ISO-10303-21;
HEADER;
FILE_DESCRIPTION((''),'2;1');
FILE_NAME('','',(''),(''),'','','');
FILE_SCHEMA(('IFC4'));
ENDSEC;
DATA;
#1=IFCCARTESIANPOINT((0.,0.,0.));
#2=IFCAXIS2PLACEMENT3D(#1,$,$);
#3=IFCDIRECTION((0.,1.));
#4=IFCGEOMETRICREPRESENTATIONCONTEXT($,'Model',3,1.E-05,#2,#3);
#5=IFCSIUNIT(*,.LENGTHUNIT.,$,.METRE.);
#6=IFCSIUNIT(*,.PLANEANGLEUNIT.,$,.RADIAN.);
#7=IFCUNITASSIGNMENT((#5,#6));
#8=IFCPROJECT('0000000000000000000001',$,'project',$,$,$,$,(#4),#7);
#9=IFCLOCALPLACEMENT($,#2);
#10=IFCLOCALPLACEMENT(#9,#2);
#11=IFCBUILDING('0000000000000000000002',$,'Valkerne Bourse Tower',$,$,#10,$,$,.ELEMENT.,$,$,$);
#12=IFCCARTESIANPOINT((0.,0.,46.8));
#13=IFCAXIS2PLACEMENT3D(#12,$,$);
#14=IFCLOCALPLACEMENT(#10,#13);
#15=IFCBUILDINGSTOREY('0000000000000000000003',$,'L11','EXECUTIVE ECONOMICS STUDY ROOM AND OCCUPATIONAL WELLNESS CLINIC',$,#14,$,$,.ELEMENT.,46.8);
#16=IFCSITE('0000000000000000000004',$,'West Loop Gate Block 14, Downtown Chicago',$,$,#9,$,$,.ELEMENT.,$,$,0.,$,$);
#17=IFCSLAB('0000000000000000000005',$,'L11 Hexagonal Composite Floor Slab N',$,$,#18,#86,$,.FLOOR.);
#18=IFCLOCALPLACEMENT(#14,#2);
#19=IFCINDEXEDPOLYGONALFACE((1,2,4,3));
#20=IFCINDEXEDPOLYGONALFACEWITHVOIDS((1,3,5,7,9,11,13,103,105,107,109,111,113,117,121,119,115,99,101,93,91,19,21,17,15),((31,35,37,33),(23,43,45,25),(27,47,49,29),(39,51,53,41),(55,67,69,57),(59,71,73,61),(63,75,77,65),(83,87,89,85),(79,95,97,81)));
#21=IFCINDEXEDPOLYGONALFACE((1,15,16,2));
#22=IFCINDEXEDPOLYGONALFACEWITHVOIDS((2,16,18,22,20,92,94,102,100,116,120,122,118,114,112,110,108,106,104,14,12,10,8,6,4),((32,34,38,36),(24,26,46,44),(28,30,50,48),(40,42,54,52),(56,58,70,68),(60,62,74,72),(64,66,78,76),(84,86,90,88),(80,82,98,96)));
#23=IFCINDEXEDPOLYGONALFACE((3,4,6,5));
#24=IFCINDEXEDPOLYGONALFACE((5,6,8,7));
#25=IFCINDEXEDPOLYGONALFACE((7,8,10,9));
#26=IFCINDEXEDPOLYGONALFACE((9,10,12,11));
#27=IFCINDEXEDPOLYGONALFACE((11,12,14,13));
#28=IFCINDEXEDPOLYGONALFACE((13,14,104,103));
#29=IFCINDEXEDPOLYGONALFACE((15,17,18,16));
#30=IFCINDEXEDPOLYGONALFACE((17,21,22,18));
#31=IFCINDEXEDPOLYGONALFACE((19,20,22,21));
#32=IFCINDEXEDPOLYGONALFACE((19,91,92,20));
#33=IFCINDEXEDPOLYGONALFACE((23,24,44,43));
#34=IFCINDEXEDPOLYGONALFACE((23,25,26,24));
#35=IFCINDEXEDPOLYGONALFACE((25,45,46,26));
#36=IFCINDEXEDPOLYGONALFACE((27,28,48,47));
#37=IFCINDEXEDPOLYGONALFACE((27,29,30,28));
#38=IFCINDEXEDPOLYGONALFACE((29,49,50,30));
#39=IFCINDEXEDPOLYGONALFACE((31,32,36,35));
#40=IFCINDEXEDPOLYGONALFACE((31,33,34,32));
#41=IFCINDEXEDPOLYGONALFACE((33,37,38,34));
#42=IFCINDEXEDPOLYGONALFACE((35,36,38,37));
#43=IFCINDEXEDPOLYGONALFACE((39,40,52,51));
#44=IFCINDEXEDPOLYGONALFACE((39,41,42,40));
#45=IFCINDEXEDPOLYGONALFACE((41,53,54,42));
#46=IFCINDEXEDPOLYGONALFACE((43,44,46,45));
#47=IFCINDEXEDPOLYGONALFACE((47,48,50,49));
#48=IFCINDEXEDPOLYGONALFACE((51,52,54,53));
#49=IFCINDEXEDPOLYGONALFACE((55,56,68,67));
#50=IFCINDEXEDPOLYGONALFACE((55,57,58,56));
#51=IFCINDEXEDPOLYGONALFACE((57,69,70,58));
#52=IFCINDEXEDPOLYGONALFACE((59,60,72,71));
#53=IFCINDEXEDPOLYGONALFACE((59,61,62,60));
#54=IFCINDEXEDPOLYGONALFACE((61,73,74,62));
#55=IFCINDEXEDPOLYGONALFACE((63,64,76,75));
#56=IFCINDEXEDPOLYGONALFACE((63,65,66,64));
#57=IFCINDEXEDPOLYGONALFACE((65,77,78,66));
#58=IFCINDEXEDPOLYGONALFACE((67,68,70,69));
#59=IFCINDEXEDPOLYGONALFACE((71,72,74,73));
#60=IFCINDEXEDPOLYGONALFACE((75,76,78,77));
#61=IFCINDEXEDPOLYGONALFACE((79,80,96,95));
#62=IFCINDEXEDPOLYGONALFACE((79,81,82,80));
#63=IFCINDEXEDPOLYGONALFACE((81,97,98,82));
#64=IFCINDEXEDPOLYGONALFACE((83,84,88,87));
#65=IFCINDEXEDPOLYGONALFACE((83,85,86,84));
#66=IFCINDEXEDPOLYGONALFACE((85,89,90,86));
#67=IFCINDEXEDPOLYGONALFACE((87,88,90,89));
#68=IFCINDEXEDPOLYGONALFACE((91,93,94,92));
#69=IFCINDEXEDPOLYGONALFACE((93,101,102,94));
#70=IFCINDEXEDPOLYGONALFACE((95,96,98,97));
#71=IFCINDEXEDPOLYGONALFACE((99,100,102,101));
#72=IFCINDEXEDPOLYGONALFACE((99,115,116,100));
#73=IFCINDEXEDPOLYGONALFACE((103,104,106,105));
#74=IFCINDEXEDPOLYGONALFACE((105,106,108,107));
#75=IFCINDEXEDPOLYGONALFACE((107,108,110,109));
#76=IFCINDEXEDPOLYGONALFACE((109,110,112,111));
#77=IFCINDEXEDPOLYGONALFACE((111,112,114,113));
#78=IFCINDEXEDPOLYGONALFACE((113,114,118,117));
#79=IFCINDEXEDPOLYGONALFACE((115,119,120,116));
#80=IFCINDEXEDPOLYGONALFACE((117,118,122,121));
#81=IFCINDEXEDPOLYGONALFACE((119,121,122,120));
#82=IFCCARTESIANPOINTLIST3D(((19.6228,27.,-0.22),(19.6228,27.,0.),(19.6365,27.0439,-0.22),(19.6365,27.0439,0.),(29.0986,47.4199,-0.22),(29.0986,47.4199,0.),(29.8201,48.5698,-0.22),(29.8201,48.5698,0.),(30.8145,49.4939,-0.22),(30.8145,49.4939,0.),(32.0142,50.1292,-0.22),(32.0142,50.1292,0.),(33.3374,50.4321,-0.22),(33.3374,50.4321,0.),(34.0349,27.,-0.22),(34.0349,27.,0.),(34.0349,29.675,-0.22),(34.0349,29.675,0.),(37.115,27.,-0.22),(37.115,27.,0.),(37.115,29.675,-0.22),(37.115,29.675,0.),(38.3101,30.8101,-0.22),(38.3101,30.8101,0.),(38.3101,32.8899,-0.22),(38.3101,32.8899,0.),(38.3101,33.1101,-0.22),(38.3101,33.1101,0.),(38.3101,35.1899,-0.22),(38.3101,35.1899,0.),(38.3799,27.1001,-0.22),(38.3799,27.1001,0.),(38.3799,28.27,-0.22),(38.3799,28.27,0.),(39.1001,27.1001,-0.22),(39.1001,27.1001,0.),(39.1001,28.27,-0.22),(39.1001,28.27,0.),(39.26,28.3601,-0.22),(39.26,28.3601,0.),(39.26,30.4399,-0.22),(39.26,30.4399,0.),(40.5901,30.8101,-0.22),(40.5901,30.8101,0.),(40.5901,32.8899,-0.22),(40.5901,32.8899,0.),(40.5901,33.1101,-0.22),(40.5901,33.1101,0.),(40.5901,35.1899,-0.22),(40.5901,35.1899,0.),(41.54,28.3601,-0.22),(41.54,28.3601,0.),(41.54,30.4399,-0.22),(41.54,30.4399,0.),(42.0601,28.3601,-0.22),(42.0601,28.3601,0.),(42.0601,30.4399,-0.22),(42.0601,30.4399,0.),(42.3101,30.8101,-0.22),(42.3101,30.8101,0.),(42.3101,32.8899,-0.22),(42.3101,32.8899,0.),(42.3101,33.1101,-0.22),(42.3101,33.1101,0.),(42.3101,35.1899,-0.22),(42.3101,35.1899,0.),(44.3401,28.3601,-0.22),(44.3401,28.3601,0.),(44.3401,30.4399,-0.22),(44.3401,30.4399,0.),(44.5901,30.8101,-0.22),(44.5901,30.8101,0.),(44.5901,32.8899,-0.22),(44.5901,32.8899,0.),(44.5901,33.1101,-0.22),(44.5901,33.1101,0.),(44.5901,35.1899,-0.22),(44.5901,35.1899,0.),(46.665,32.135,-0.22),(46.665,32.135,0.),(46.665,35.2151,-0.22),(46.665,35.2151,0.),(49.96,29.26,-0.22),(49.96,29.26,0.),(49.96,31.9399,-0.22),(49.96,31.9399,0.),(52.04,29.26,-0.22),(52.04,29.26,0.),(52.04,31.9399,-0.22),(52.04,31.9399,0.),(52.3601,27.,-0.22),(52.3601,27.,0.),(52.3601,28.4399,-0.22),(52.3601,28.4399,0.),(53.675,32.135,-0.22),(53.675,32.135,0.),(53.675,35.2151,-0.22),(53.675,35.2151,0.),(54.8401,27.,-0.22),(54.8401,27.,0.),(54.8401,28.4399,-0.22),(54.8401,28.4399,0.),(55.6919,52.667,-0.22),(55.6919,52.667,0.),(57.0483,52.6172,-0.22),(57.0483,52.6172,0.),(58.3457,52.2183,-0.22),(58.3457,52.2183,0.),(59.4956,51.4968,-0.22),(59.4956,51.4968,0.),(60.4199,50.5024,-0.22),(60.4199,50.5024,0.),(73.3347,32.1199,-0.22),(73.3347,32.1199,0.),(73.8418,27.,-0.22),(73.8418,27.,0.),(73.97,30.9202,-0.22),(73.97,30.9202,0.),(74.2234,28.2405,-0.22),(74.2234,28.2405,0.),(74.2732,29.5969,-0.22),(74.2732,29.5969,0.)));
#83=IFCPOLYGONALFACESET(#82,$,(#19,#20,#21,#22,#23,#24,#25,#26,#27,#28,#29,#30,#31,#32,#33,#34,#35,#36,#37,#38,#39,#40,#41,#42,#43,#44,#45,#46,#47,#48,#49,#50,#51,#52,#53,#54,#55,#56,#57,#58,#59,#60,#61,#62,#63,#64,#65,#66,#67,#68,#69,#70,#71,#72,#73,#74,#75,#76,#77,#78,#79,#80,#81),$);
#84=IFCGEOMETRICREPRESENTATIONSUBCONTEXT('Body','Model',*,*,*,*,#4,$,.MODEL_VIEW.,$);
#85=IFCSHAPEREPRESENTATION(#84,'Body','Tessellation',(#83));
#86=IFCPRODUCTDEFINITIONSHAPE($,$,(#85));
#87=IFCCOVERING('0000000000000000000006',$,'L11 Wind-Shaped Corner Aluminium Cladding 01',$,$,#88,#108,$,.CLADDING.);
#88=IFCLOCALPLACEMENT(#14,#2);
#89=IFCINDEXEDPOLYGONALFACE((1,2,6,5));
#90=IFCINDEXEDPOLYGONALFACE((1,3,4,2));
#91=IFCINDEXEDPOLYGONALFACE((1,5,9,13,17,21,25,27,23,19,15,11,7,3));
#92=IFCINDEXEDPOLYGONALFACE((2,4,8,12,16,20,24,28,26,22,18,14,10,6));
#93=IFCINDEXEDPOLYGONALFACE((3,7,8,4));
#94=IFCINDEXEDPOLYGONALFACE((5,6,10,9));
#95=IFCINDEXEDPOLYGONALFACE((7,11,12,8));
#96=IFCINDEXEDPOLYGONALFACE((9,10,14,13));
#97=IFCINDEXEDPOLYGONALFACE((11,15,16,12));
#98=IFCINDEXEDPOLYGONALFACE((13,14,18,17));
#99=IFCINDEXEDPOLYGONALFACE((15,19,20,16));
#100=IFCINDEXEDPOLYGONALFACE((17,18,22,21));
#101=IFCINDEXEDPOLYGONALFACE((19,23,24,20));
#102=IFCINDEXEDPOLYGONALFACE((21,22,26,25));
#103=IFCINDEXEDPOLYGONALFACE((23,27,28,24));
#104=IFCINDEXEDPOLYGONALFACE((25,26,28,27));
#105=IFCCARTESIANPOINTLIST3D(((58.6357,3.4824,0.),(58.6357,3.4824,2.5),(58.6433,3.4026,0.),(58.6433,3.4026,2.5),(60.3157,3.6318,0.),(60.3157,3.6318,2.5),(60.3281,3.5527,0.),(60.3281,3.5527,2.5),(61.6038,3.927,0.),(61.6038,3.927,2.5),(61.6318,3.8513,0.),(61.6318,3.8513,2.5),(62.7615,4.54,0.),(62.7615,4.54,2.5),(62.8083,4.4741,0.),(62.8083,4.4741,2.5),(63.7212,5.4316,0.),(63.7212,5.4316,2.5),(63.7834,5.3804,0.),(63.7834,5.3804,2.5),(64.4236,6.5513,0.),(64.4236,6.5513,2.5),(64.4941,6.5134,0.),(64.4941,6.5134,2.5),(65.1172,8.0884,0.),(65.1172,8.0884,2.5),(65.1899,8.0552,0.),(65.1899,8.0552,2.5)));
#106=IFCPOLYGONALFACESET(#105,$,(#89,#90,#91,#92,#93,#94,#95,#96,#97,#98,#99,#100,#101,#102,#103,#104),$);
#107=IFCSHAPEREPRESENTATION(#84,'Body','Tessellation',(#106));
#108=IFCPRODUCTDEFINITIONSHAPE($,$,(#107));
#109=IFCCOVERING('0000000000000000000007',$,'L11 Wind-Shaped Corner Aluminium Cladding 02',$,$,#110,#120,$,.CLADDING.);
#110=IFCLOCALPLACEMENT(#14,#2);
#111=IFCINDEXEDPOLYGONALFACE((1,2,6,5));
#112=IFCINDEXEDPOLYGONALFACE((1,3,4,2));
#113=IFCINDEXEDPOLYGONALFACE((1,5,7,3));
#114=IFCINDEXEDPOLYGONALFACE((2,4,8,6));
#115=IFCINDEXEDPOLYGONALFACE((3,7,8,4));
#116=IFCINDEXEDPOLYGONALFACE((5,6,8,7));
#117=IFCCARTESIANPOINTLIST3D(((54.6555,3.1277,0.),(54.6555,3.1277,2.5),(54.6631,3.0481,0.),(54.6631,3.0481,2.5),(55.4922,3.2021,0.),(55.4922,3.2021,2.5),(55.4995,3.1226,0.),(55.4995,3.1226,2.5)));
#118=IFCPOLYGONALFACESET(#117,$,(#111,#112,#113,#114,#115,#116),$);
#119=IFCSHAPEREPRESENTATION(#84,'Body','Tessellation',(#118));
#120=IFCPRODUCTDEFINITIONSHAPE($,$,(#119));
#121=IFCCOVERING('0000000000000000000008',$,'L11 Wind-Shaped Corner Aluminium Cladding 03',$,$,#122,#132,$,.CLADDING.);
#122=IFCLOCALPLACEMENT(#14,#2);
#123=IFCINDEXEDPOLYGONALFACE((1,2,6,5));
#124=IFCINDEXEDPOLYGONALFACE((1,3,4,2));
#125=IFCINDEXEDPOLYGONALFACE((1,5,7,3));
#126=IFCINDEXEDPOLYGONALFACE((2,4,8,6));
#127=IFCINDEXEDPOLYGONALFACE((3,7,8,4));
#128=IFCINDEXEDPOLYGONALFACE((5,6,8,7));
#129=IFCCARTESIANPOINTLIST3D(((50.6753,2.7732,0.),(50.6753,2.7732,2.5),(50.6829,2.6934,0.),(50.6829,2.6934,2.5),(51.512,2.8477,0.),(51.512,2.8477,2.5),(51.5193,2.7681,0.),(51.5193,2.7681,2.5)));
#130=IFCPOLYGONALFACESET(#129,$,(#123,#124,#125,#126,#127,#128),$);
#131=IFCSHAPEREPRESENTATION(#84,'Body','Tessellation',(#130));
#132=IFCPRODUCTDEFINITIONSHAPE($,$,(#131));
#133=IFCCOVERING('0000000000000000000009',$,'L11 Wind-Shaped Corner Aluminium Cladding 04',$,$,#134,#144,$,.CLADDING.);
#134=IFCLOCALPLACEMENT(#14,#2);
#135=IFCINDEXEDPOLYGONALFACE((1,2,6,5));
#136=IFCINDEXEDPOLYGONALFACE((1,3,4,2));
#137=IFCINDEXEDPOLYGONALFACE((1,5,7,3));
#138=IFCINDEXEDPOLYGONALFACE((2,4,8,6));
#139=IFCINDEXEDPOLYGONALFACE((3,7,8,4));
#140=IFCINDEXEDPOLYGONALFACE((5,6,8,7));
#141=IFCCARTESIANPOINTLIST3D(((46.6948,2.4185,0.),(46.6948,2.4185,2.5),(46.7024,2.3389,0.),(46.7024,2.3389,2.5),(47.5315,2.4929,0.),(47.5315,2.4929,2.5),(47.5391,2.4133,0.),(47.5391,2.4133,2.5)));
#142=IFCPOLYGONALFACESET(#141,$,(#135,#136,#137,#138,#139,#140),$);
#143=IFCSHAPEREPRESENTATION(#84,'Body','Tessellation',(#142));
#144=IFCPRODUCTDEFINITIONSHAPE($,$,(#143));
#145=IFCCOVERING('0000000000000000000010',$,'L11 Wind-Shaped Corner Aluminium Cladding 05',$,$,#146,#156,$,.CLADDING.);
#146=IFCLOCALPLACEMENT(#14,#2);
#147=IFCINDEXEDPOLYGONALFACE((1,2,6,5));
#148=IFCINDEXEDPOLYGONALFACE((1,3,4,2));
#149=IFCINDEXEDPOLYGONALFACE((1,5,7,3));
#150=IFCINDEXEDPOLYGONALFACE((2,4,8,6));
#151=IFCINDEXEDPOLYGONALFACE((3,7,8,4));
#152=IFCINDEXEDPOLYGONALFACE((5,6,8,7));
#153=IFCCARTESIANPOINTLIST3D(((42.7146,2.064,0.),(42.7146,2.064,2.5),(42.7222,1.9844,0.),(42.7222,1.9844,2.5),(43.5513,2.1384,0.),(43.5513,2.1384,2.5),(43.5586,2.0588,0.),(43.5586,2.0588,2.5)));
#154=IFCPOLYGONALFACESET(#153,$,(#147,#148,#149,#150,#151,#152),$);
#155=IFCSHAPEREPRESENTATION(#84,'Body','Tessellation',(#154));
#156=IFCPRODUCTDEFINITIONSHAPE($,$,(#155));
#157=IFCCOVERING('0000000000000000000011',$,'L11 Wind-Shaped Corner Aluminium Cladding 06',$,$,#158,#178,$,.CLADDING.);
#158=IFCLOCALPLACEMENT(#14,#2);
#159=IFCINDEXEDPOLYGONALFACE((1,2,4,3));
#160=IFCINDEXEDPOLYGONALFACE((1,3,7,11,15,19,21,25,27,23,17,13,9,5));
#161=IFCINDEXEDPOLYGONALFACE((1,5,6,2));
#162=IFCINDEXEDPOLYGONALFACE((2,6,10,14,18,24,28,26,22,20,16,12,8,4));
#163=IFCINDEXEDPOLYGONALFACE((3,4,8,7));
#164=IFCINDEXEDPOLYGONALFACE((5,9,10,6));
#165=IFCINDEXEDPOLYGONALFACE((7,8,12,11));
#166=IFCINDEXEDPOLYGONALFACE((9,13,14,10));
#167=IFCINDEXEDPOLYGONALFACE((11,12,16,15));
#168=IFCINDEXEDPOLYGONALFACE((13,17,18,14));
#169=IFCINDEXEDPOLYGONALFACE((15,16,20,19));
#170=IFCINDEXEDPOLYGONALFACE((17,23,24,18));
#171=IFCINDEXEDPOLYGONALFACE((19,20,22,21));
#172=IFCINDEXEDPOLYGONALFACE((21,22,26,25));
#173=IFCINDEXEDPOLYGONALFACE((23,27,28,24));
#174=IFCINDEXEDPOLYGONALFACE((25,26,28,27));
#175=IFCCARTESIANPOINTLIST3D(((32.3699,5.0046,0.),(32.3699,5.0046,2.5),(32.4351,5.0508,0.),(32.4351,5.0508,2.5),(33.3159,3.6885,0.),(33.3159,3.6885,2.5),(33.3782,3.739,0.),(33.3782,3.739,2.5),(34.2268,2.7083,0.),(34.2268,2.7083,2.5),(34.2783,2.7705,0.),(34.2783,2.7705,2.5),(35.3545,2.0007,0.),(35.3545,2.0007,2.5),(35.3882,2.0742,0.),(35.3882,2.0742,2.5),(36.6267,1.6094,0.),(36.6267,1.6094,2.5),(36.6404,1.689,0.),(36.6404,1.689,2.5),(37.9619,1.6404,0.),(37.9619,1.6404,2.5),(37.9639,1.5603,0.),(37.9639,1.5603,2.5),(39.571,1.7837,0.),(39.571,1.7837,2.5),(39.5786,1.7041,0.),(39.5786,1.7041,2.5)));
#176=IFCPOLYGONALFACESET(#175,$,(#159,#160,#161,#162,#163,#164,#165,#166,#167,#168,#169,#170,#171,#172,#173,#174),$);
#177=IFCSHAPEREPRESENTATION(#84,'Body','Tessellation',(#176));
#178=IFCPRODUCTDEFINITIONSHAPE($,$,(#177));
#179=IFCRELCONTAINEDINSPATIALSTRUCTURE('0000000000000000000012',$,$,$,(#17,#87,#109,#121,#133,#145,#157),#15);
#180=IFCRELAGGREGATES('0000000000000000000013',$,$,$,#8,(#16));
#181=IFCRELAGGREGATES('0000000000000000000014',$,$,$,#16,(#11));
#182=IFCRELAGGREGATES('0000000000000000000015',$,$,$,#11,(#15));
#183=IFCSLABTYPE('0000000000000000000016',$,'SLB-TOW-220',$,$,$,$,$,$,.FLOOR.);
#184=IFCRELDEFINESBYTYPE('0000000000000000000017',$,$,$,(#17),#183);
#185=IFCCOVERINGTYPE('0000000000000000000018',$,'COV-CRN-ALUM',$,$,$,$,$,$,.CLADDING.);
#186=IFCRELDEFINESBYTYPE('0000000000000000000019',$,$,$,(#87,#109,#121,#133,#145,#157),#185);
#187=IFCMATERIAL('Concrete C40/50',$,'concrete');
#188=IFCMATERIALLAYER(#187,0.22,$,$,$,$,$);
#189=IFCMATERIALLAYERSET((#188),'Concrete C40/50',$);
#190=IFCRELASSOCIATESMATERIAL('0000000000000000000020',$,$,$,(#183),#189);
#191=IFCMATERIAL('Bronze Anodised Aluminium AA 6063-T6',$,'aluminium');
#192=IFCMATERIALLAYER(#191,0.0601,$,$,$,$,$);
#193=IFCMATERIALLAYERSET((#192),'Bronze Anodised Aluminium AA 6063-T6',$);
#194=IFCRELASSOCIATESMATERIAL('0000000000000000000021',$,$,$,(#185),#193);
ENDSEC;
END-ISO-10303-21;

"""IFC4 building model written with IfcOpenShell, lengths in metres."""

from ifc_helpers import new_model, si_unit, direction, frame, origin, place, context, subcontext, project, spatial, polyline, outline, extrude, material, layer, layer_set, type_object, element, save


model = new_model("IFC4")

# Units and contexts
model_context = context("Model", 3, precision=1e-05, world=origin(), true_north=direction((0.0, 1.0)))
body_context = subcontext(model_context, "Body", "Model", "MODEL_VIEW")
ifc_project = project(units=[si_unit("LENGTHUNIT", "METRE"), si_unit("PLANEANGLEUNIT", "RADIAN")], contexts=[model_context])

# Site, building, storey
site_placement = place(None, origin())
site = spatial("IfcSite", under=ifc_project, at=site_placement, Name="West Loop Gate Block 14, Downtown Chicago", CompositionType="ELEMENT", RefElevation=0.0)
building_placement = place(site_placement, origin())
building = spatial("IfcBuilding", under=site, at=building_placement, Name="Valkerne Bourse Tower", CompositionType="ELEMENT")
storey_placement = place(building_placement, frame((0.0, 0.0, 46.8)))
storey = spatial("IfcBuildingStorey", under=building, at=storey_placement, Name="L11", Description="EXECUTIVE ECONOMICS STUDY ROOM AND OCCUPATIONAL WELLNESS CLINIC", CompositionType="ELEMENT", Elevation=46.8)

# Slab
ifc_material_1 = material(Name="Concrete C40/50", Category="concrete")
ifc_layer_1 = layer(ifc_material_1, 0.22)
ifc_layer_set_1 = layer_set([ifc_layer_1], Name="Concrete C40/50")
slab_type_1 = type_object("IfcSlabType", Name="SLB-TOW-220", PredefinedType="FLOOR", material=ifc_layer_set_1)
slab_1_placement = place(storey_placement, frame((0.0, 0.0, -0.22)))
element("IfcSlab", 1, at=slab_1_placement, inside=storey, type_object=slab_type_1, Name="L11 Hexagonal Composite Floor Slab N", PredefinedType="FLOOR", context=body_context, shape_type="SweptSolid", body=[
    extrude(outline(polyline([(19.6365, 27.0439), (29.0986, 47.4199), (29.8201, 48.5698), (30.8145, 49.4939), (32.0142, 50.1292), (33.3374, 50.4321), (55.6919, 52.667), (57.0483, 52.6172), (58.3457, 52.2183), (59.4956, 51.4968), (60.4199, 50.5024), (73.3347, 32.1199), (73.97, 30.9202), (74.2732, 29.5969), (74.2234, 28.2405), (73.8418, 27.0), (54.8401, 27.0), (54.8401, 28.4399), (52.3601, 28.4399), (52.3601, 27.0), (37.115, 27.0), (37.115, 29.675), (34.0349, 29.675), (34.0349, 27.0), (19.6228, 27.0), (19.6365, 27.0439)]), holes=[polyline([(39.1001, 28.27), (38.3799, 28.27), (38.3799, 27.1001), (39.1001, 27.1001), (39.1001, 28.27)]), polyline([(41.54, 30.4399), (39.26, 30.4399), (39.26, 28.3601), (41.54, 28.3601), (41.54, 30.4399)]), polyline([(44.3401, 30.4399), (42.0601, 30.4399), (42.0601, 28.3601), (44.3401, 28.3601), (44.3401, 30.4399)]), polyline([(40.5901, 30.8101), (40.5901, 32.8899), (38.3101, 32.8899), (38.3101, 30.8101), (40.5901, 30.8101)]), polyline([(40.5901, 33.1101), (40.5901, 35.1899), (38.3101, 35.1899), (38.3101, 33.1101), (40.5901, 33.1101)]), polyline([(52.04, 31.9399), (49.96, 31.9399), (49.96, 29.26), (52.04, 29.26), (52.04, 31.9399)]), polyline([(44.5901, 32.8899), (42.3101, 32.8899), (42.3101, 30.8101), (44.5901, 30.8101), (44.5901, 32.8899)]), polyline([(53.675, 32.135), (53.675, 35.2151), (46.665, 35.2151), (46.665, 32.135), (53.675, 32.135)]), polyline([(44.5901, 33.1101), (44.5901, 35.1899), (42.3101, 35.1899), (42.3101, 33.1101), (44.5901, 33.1101)])]), origin(), (0.0, 0.0, 1.0), 0.22),
])

# Coverings
ifc_material_2 = material(Name="Bronze Anodised Aluminium AA 6063-T6", Category="aluminium")
ifc_layer_2 = layer(ifc_material_2, 0.0601)
ifc_layer_set_2 = layer_set([ifc_layer_2], Name="Bronze Anodised Aluminium AA 6063-T6")
covering_type = type_object("IfcCoveringType", Name="COV-CRN-ALUM", PredefinedType="CLADDING", material=ifc_layer_set_2)
covering_1_placement = place(storey_placement, origin())
element("IfcCovering", 2, at=covering_1_placement, inside=storey, type_object=covering_type, Name="L11 Wind-Shaped Corner Aluminium Cladding 01", PredefinedType="CLADDING", context=body_context, shape_type="SweptSolid", body=[
    extrude(outline(polyline([(63.7834, 5.3804), (62.8083, 4.4741), (61.6318, 3.8513), (60.3281, 3.5527), (58.6433, 3.4026), (58.6357, 3.4824), (60.3157, 3.6318), (61.6038, 3.927), (62.7615, 4.54), (63.7212, 5.4316), (64.4236, 6.5513), (65.1172, 8.0884), (65.1899, 8.0552), (64.4941, 6.5134), (63.7834, 5.3804)])), origin(), (0.0, 0.0, 1.0), 2.5),
])
covering_2_placement = place(storey_placement, origin())
element("IfcCovering", 3, at=covering_2_placement, inside=storey, type_object=covering_type, Name="L11 Wind-Shaped Corner Aluminium Cladding 02", PredefinedType="CLADDING", context=body_context, shape_type="SweptSolid", body=[
    extrude(outline(polyline([(54.6631, 3.0481), (54.6555, 3.1277), (55.4922, 3.2021), (55.4995, 3.1226), (54.6631, 3.0481)])), origin(), (0.0, 0.0, 1.0), 2.5),
])
covering_3_placement = place(storey_placement, origin())
element("IfcCovering", 4, at=covering_3_placement, inside=storey, type_object=covering_type, Name="L11 Wind-Shaped Corner Aluminium Cladding 03", PredefinedType="CLADDING", context=body_context, shape_type="SweptSolid", body=[
    extrude(outline(polyline([(50.6829, 2.6934), (50.6753, 2.7732), (51.512, 2.8477), (51.5193, 2.7681), (50.6829, 2.6934)])), origin(), (0.0, 0.0, 1.0), 2.5),
])
covering_4_placement = place(storey_placement, origin())
element("IfcCovering", 5, at=covering_4_placement, inside=storey, type_object=covering_type, Name="L11 Wind-Shaped Corner Aluminium Cladding 04", PredefinedType="CLADDING", context=body_context, shape_type="SweptSolid", body=[
    extrude(outline(polyline([(46.7024, 2.3389), (46.6948, 2.4185), (47.5315, 2.4929), (47.5391, 2.4133), (46.7024, 2.3389)])), origin(), (0.0, 0.0, 1.0), 2.5),
])
covering_5_placement = place(storey_placement, origin())
element("IfcCovering", 6, at=covering_5_placement, inside=storey, type_object=covering_type, Name="L11 Wind-Shaped Corner Aluminium Cladding 05", PredefinedType="CLADDING", context=body_context, shape_type="SweptSolid", body=[
    extrude(outline(polyline([(42.7222, 1.9844), (42.7146, 2.064), (43.5513, 2.1384), (43.5586, 2.0588), (42.7222, 1.9844)])), origin(), (0.0, 0.0, 1.0), 2.5),
])
covering_6_placement = place(storey_placement, origin())
element("IfcCovering", 7, at=covering_6_placement, inside=storey, type_object=covering_type, Name="L11 Wind-Shaped Corner Aluminium Cladding 06", PredefinedType="CLADDING", context=body_context, shape_type="SweptSolid", body=[
    extrude(outline(polyline([(37.9639, 1.5603), (36.6267, 1.6094), (35.3545, 2.0007), (34.2268, 2.7083), (33.3159, 3.6885), (32.3699, 5.0046), (32.4351, 5.0508), (33.3782, 3.739), (34.2783, 2.7705), (35.3882, 2.0742), (36.6404, 1.689), (37.9619, 1.6404), (39.571, 1.7837), (39.5786, 1.7041), (37.9639, 1.5603)])), origin(), (0.0, 0.0, 1.0), 2.5),
])

save(model, "model.ifc")
